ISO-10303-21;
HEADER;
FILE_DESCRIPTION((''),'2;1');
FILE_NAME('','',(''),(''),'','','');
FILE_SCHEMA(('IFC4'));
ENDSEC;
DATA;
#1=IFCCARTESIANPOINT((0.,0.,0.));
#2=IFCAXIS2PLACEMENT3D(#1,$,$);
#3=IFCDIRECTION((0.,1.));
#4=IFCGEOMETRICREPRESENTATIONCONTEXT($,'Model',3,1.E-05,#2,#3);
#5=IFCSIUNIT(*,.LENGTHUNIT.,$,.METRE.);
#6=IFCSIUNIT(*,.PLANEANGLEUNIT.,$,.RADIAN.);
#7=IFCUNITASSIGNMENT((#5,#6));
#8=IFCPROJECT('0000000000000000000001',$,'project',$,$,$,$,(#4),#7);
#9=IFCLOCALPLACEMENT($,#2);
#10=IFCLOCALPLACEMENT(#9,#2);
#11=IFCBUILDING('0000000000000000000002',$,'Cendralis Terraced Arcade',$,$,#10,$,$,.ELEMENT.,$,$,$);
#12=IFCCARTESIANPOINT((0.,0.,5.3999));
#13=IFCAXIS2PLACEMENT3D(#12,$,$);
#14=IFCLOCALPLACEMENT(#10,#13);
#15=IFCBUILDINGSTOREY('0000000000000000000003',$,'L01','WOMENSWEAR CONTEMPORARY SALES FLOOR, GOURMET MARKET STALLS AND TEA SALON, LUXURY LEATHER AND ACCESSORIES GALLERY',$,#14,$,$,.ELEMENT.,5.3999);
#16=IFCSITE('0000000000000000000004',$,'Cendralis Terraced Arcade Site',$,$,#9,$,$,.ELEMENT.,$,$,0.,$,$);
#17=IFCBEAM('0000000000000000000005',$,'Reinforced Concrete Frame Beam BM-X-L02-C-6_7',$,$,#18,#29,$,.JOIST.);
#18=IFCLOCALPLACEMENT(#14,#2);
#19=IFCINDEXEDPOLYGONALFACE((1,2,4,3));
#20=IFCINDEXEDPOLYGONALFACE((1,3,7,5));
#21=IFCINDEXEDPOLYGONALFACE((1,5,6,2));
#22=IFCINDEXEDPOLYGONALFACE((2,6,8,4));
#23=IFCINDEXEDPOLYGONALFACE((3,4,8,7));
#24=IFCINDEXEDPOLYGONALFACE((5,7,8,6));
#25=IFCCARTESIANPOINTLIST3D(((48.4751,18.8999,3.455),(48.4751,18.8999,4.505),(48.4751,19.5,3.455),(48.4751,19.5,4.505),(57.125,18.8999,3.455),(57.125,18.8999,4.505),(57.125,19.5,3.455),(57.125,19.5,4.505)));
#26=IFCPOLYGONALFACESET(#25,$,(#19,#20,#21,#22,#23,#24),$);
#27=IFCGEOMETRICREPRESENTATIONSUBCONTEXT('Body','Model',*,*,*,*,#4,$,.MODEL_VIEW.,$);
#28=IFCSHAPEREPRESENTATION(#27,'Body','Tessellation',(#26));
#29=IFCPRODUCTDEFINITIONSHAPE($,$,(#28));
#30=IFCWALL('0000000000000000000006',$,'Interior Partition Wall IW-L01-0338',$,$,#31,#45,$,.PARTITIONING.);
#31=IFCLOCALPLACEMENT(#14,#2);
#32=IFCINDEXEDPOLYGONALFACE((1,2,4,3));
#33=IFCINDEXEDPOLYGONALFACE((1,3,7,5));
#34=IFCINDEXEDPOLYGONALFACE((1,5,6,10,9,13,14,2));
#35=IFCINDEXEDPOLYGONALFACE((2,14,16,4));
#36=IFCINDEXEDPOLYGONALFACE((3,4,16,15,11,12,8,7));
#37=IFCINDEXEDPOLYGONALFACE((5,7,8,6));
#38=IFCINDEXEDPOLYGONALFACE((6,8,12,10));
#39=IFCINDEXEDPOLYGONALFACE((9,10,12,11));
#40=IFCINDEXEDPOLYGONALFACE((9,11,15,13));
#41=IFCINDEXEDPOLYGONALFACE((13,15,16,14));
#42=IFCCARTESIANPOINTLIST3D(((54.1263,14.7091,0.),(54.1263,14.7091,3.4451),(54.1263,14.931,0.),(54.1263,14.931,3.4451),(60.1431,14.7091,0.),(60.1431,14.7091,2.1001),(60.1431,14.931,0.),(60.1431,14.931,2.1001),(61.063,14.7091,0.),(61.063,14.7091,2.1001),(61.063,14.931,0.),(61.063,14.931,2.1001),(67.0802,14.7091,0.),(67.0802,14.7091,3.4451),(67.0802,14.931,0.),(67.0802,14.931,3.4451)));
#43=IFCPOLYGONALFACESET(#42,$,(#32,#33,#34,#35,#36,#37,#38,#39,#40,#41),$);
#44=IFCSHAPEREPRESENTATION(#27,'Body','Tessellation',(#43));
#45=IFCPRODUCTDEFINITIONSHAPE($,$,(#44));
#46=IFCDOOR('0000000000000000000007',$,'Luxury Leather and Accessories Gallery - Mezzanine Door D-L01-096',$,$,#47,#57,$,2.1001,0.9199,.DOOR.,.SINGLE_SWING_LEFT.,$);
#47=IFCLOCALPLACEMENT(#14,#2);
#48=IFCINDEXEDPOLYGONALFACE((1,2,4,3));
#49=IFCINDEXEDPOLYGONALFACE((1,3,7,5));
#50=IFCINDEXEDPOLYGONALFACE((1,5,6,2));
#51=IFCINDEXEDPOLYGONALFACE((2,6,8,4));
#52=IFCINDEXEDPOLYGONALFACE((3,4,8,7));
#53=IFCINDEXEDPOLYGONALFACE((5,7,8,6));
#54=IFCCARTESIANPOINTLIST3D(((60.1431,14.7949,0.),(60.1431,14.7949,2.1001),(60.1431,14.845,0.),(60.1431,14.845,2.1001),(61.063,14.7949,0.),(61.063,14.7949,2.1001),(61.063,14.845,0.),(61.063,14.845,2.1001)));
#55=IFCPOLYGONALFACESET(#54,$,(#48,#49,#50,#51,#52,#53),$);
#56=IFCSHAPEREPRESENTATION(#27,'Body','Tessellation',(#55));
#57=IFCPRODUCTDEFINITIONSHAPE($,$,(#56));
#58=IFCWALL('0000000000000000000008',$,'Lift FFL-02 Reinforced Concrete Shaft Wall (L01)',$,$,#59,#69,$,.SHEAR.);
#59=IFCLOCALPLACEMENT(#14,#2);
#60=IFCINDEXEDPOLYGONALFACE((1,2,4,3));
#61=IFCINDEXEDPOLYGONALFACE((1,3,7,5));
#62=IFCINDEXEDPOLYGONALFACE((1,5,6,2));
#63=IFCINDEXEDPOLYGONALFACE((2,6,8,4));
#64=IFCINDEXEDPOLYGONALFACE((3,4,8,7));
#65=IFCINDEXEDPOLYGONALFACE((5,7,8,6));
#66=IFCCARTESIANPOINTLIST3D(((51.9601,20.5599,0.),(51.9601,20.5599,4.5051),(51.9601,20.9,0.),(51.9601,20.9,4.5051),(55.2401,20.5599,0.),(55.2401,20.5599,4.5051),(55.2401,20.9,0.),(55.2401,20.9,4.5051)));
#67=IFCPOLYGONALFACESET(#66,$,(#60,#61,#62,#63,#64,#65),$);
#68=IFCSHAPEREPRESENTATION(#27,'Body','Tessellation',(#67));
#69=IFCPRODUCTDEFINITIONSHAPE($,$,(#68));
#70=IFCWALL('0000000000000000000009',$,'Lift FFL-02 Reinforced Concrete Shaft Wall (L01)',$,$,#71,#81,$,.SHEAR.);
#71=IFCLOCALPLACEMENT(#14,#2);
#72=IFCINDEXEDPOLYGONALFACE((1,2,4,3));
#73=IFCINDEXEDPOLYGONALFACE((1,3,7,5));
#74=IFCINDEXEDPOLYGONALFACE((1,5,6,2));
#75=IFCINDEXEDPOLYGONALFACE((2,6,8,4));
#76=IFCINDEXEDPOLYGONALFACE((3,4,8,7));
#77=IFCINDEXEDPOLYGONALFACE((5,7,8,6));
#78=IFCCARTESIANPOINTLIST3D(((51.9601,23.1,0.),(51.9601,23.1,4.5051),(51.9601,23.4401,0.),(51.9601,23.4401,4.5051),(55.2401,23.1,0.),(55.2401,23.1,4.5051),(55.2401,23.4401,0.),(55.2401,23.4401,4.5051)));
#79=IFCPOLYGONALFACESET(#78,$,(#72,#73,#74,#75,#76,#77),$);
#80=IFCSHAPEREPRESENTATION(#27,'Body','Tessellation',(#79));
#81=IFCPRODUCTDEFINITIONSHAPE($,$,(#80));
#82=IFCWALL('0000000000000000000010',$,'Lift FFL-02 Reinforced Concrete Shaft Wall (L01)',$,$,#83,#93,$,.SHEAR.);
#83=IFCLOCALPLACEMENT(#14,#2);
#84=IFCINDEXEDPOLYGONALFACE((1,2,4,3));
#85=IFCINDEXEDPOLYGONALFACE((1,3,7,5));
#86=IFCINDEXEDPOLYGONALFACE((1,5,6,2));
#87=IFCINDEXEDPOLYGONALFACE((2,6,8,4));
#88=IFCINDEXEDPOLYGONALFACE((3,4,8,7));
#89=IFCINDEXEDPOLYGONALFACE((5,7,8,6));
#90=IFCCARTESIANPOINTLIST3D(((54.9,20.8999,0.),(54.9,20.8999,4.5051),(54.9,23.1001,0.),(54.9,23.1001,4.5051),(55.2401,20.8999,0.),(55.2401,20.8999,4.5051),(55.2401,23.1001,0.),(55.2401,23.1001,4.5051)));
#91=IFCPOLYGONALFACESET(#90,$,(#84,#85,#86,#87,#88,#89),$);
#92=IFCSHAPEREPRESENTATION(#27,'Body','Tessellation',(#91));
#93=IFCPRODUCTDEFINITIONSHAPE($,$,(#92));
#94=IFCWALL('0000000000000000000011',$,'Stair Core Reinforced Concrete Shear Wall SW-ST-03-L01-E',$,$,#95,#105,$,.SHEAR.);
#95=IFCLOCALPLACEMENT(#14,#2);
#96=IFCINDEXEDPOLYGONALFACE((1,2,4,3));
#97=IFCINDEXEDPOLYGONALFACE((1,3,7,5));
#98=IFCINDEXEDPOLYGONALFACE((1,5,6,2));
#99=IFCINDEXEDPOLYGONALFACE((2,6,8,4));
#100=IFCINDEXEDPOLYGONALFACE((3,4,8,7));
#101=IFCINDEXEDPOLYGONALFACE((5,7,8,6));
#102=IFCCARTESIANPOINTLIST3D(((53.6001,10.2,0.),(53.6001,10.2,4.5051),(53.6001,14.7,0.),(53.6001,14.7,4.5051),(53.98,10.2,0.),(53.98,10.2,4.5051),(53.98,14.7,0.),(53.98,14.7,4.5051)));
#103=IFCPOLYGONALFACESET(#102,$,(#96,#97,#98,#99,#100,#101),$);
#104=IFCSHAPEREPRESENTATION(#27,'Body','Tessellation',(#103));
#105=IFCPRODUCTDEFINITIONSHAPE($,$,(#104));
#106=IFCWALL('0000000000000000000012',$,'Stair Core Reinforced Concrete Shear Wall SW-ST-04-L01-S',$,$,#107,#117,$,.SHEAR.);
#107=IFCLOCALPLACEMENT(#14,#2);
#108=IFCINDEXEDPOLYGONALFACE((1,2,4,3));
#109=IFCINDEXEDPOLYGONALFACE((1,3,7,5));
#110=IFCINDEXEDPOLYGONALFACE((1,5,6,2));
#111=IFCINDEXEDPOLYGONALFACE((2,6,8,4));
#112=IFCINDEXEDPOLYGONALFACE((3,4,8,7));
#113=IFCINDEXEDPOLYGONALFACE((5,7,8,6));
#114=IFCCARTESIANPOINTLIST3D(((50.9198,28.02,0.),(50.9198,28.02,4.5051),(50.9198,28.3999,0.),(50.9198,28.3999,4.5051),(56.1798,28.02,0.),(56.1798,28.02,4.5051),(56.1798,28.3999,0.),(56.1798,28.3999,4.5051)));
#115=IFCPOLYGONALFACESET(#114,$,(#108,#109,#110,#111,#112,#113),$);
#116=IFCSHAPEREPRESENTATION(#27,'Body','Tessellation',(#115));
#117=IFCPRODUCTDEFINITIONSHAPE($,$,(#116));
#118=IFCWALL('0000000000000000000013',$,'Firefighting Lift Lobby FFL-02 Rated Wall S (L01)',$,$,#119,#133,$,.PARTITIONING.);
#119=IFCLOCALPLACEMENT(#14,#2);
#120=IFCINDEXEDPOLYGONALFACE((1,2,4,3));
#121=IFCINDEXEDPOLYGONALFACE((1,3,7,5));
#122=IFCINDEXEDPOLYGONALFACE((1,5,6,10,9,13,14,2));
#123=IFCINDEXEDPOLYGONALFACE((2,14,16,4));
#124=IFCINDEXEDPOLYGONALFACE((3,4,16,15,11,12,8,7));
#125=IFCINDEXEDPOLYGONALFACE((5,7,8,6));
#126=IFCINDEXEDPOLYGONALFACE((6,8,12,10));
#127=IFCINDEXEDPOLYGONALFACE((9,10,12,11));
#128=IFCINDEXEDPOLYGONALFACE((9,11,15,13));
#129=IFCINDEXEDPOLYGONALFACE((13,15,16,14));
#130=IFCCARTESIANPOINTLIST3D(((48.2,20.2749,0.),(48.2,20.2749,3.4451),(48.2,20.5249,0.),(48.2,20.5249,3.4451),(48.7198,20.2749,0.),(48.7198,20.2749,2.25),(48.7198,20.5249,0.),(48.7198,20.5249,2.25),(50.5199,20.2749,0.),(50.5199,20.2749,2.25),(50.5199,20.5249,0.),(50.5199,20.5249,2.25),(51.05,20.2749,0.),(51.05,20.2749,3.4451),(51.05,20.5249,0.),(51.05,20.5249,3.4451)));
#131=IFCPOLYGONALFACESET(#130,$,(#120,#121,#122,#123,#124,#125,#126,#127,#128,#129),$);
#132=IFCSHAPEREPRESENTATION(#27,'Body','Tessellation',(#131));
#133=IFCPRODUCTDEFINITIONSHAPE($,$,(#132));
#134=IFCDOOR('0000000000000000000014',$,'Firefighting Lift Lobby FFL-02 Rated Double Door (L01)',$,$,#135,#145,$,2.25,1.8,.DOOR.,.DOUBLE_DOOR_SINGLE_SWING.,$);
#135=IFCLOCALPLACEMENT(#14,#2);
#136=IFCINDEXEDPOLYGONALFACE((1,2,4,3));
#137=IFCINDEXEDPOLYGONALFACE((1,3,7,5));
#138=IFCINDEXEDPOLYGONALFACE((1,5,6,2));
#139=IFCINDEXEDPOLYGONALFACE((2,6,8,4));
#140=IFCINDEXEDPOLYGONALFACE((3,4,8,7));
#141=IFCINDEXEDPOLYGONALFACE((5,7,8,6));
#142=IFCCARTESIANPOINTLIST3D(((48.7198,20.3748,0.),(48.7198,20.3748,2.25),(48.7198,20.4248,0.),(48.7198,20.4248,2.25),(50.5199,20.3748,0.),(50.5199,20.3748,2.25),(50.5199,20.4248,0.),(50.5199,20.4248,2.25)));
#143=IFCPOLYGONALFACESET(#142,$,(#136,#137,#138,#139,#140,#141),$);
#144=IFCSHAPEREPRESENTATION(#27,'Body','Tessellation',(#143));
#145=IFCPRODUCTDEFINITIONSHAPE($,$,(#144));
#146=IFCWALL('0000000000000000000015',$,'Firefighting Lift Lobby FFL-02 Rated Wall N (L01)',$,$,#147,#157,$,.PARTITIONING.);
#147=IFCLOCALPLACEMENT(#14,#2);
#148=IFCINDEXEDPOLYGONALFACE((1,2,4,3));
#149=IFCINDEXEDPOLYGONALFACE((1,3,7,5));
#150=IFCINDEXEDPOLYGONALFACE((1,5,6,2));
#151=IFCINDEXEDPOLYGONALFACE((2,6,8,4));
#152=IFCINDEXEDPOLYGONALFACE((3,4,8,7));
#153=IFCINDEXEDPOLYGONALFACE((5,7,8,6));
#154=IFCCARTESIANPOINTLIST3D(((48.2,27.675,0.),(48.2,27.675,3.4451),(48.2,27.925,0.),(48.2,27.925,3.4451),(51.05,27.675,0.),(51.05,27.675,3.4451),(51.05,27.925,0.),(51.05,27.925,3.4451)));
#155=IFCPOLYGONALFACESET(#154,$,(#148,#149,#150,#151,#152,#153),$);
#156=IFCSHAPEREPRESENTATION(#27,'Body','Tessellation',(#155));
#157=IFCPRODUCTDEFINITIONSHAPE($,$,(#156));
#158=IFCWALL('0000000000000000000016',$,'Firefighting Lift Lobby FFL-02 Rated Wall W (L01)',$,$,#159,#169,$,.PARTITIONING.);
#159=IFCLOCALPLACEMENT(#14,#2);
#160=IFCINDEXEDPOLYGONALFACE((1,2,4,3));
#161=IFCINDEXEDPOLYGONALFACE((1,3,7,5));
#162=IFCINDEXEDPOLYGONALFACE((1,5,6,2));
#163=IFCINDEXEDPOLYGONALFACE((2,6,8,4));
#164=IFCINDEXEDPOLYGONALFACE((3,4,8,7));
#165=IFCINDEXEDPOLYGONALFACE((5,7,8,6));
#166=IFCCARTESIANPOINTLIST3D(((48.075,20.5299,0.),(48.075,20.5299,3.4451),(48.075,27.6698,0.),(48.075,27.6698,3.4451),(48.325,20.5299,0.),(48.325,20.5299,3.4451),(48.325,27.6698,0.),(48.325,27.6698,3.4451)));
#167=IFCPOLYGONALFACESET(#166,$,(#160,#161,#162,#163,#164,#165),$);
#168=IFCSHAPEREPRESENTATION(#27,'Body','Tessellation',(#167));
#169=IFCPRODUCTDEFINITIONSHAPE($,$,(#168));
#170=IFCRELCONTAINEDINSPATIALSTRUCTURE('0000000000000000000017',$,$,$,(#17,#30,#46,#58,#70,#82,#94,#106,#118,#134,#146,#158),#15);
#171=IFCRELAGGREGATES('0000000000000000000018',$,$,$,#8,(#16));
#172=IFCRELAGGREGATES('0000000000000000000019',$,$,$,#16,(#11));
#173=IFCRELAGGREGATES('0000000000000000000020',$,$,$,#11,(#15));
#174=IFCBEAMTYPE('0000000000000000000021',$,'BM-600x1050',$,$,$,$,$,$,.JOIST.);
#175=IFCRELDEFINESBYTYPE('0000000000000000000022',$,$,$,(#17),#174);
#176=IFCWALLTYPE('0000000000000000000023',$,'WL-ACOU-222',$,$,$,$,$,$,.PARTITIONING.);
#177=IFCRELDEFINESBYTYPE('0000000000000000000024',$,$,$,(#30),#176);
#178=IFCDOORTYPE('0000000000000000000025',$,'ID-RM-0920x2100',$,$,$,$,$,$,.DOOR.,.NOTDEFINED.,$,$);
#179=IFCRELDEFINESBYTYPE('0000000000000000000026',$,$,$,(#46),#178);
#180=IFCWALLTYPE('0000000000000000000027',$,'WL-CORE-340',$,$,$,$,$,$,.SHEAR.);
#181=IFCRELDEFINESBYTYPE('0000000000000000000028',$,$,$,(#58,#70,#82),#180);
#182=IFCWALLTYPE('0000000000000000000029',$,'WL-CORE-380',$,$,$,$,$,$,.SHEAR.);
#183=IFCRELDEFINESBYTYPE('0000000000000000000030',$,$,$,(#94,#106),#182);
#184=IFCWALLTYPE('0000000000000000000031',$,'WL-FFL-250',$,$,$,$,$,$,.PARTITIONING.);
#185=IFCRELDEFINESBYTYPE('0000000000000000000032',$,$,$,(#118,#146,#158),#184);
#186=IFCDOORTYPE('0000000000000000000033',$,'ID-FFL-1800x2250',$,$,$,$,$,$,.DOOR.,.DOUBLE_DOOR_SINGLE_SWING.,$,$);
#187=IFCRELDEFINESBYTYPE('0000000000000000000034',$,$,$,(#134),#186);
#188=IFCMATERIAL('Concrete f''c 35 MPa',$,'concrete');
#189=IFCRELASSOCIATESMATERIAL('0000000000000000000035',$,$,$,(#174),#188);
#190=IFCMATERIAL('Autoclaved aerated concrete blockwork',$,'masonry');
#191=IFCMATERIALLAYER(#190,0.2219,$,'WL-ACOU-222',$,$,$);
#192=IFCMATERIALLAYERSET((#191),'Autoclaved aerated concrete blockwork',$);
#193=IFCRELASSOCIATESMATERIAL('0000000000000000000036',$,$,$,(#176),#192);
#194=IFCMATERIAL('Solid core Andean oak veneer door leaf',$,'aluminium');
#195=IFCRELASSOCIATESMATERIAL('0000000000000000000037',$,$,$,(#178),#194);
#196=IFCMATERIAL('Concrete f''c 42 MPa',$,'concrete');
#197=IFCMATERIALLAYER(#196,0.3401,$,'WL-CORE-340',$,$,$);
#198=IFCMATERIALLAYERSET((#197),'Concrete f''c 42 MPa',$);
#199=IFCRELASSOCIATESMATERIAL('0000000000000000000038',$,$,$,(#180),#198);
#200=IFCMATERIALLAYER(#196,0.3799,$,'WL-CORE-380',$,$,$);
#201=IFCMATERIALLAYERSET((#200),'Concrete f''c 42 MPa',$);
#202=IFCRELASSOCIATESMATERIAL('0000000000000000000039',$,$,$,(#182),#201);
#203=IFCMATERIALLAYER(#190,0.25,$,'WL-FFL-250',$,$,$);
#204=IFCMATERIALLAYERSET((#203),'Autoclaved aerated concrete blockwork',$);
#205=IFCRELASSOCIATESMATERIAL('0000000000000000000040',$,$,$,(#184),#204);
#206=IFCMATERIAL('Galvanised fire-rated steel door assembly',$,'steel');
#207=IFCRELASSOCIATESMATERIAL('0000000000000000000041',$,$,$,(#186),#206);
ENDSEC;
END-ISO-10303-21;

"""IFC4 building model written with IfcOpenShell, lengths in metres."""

from ifc_helpers import new_model, si_unit, direction, frame, frame_2d, origin, origin_2d, place, context, subcontext, project, spatial, rectangle, extrude, material, layer, layer_set, material_profile, profile_set, type_object, element, fill, save


model = new_model("IFC4")

# Units and contexts
model_context = context("Model", 3, precision=1e-05, world=origin(), true_north=direction((0.0, 1.0)))
body_context = subcontext(model_context, "Body", "Model", "MODEL_VIEW")
ifc_project = project(units=[si_unit("LENGTHUNIT", "METRE"), si_unit("PLANEANGLEUNIT", "RADIAN")], contexts=[model_context])

# Site, building, storey
site_placement = place(None, origin())
site = spatial("IfcSite", under=ifc_project, at=site_placement, Name="Cendralis Terraced Arcade Site", CompositionType="ELEMENT", RefElevation=0.0)
building_placement = place(site_placement, origin())
building = spatial("IfcBuilding", under=site, at=building_placement, Name="Cendralis Terraced Arcade", CompositionType="ELEMENT")
storey_placement = place(building_placement, frame((0.0, 0.0, 5.3999)))
storey = spatial("IfcBuildingStorey", under=building, at=storey_placement, Name="L01", Description="WOMENSWEAR CONTEMPORARY SALES FLOOR, GOURMET MARKET STALLS AND TEA SALON, LUXURY LEATHER AND ACCESSORIES GALLERY", CompositionType="ELEMENT", Elevation=5.3999)

# Beam
ifc_material_1 = material(Name="Concrete f'c 35 MPa", Category="concrete")
ifc_material_profile = material_profile(ifc_material_1, rectangle(XDim=0.6001, YDim=1.05, at=origin_2d()), Name="RC-BM-600x1050", Category="LoadBearing")
ifc_profile_set = profile_set([ifc_material_profile], Name="Concrete f'c 35 MPa")
beam_type = type_object("IfcBeamType", Name="BM-600x1050", PredefinedType="JOIST", material=ifc_profile_set)
beam_placement = place(storey_placement, frame((48.4751, 19.2, 3.98), z_axis=(1.0, 0.0, 0.0), x_axis=(0.0, 1.0, 0.0)))
element("IfcBeam", 1, at=beam_placement, inside=storey, type_object=beam_type, Name="Reinforced Concrete Frame Beam BM-X-L02-C-6_7", PredefinedType="JOIST", context=body_context, shape_type="SweptSolid", body=[
    extrude(rectangle(XDim=0.6001, YDim=1.05, at=origin_2d()), origin(), (0.0, 0.0, 1.0), 8.6499),
])

# Wall, opening, door
ifc_material_2 = material(Name="Autoclaved aerated concrete blockwork", Category="masonry")
ifc_layer_1 = layer(ifc_material_2, 0.2219, Name="WL-ACOU-222")
ifc_layer_set_1 = layer_set([ifc_layer_1], Name="Autoclaved aerated concrete blockwork")
wall_type_1 = type_object("IfcWallType", Name="WL-ACOU-222", PredefinedType="PARTITIONING", material=ifc_layer_set_1)
wall_1_placement = place(storey_placement, frame((54.1262, 14.8201, 0.0), z_axis=(0.0, 0.0, 1.0), x_axis=(1.0, 0.0, 0.0)))
wall_1 = element("IfcWall", 2, at=wall_1_placement, inside=storey, type_object=wall_type_1, Name="Interior Partition Wall IW-L01-0338", PredefinedType="PARTITIONING", context=body_context, shape_type="SweptSolid", body=[
    extrude(rectangle(XDim=12.9539, YDim=0.2219, at=frame_2d((6.4771, 0.0))), origin(), (0.0, 0.0, 1.0), 3.4451),
])
opening_1_placement = place(wall_1_placement, frame((6.0168, 0.0, 0.0)))
opening_1 = element("IfcOpeningElement", 3, at=opening_1_placement, cuts=wall_1, PredefinedType="OPENING", context=body_context, shape_type="SweptSolid", body=[
    extrude(rectangle(XDim=0.9199, YDim=2.1001, at=frame_2d((0.46, 1.05))), frame((0.0, 0.123, 0.0), z_axis=(0.0, -1.0, 0.0), x_axis=(1.0, 0.0, 0.0)), (0.0, 0.0, 1.0), 0.2458),
])
ifc_material_3 = material(Name="Solid core Andean oak veneer door leaf", Category="aluminium")
door_type_1 = type_object("IfcDoorType", Name="ID-RM-0920x2100", OperationType="NOTDEFINED", PredefinedType="DOOR", material=ifc_material_3)
door_1_placement = place(opening_1_placement, origin())
door_1 = element("IfcDoor", 4, at=door_1_placement, inside=storey, type_object=door_type_1, Name="Luxury Leather and Accessories Gallery - Mezzanine Door D-L01-096", OperationType="SINGLE_SWING_LEFT", OverallHeight=2.1001, OverallWidth=0.9199, PredefinedType="DOOR", context=body_context, shape_type="SweptSolid", body=[
    extrude(rectangle(XDim=0.9199, YDim=2.1001, at=frame_2d((0.46, 1.05))), frame((0.0, 0.0249, 0.0), z_axis=(0.0, -1.0, 0.0), x_axis=(1.0, 0.0, 0.0)), (0.0, 0.0, 1.0), 0.05),
])
fill(opening_1, door_1)

# Walls
ifc_material_4 = material(Name="Concrete f'c 42 MPa", Category="concrete")
ifc_layer_2 = layer(ifc_material_4, 0.3401, Name="WL-CORE-340")
ifc_layer_set_2 = layer_set([ifc_layer_2], Name="Concrete f'c 42 MPa")
wall_type_2 = type_object("IfcWallType", Name="WL-CORE-340", PredefinedType="SHEAR", material=ifc_layer_set_2)
for number, where, z_axis, x_axis, name in (
    (5, (51.96, 20.73, 0.0), (0.0, 0.0, 1.0), (1.0, 0.0, 0.0), "Lift FFL-02 Reinforced Concrete Shaft Wall (L01)"),
    (6, (51.96, 23.27, 0.0), (0.0, 0.0, 1.0), (1.0, 0.0, 0.0), "Lift FFL-02 Reinforced Concrete Shaft Wall (L01)"),
):
    element("IfcWall", number, at=place(storey_placement, frame(where, z_axis=z_axis, x_axis=x_axis)), inside=storey, type_object=wall_type_2, Name=name, PredefinedType="SHEAR", context=body_context, shape_type="SweptSolid", body=[
        extrude(rectangle(XDim=3.28, YDim=0.3401, at=frame_2d((1.6401, 0.0))), origin(), (0.0, 0.0, 1.0), 4.5051),
    ])

# Walls
wall_2_placement = place(storey_placement, frame((55.0701, 20.8999, 0.0), z_axis=(0.0, 0.0, 1.0), x_axis=(0.0, 1.0, 0.0)))
element("IfcWall", 7, at=wall_2_placement, inside=storey, type_object=wall_type_2, Name="Lift FFL-02 Reinforced Concrete Shaft Wall (L01)", PredefinedType="SHEAR", context=body_context, shape_type="SweptSolid", body=[
    extrude(rectangle(XDim=2.2002, YDim=0.3401, at=frame_2d((1.1001, 0.0))), origin(), (0.0, 0.0, 1.0), 4.5051),
])
ifc_layer_3 = layer(ifc_material_4, 0.3799, Name="WL-CORE-380")
ifc_layer_set_3 = layer_set([ifc_layer_3], Name="Concrete f'c 42 MPa")
wall_type_3 = type_object("IfcWallType", Name="WL-CORE-380", PredefinedType="SHEAR", material=ifc_layer_set_3)
wall_3_placement = place(storey_placement, frame((53.79, 10.2, 0.0), z_axis=(0.0, 0.0, 1.0), x_axis=(0.0, 1.0, 0.0)))
element("IfcWall", 8, at=wall_3_placement, inside=storey, type_object=wall_type_3, Name="Stair Core Reinforced Concrete Shear Wall SW-ST-03-L01-E", PredefinedType="SHEAR", context=body_context, shape_type="SweptSolid", body=[
    extrude(rectangle(XDim=4.5, YDim=0.3799, at=frame_2d((2.25, 0.0))), origin(), (0.0, 0.0, 1.0), 4.5051),
])
wall_4_placement = place(storey_placement, frame((50.9199, 28.21, 0.0), z_axis=(0.0, 0.0, 1.0), x_axis=(1.0, 0.0, 0.0)))
element("IfcWall", 9, at=wall_4_placement, inside=storey, type_object=wall_type_3, Name="Stair Core Reinforced Concrete Shear Wall SW-ST-04-L01-S", PredefinedType="SHEAR", context=body_context, shape_type="SweptSolid", body=[
    extrude(rectangle(XDim=5.26, YDim=0.3799, at=frame_2d((2.6299, 0.0))), origin(), (0.0, 0.0, 1.0), 4.5051),
])

# Wall, opening, door
ifc_layer_4 = layer(ifc_material_2, 0.25, Name="WL-FFL-250")
ifc_layer_set_4 = layer_set([ifc_layer_4], Name="Autoclaved aerated concrete blockwork")
wall_type_4 = type_object("IfcWallType", Name="WL-FFL-250", PredefinedType="PARTITIONING", material=ifc_layer_set_4)
wall_5_placement = place(storey_placement, frame((48.2, 20.3999, 0.0), z_axis=(0.0, 0.0, 1.0), x_axis=(1.0, 0.0, 0.0)))
wall_5 = element("IfcWall", 10, at=wall_5_placement, inside=storey, type_object=wall_type_4, Name="Firefighting Lift Lobby FFL-02 Rated Wall S (L01)", PredefinedType="PARTITIONING", context=body_context, shape_type="SweptSolid", body=[
    extrude(rectangle(XDim=2.8501, YDim=0.25, at=frame_2d((1.425, 0.0))), origin(), (0.0, 0.0, 1.0), 3.4451),
])
opening_2_placement = place(wall_5_placement, frame((0.52, 0.0, 0.0)))
opening_2 = element("IfcOpeningElement", 11, at=opening_2_placement, cuts=wall_5, PredefinedType="OPENING", context=body_context, shape_type="SweptSolid", body=[
    extrude(rectangle(XDim=1.8, YDim=2.25, at=frame_2d((0.8999, 1.125))), frame((0.0, 0.137, 0.0), z_axis=(0.0, -1.0, 0.0), x_axis=(1.0, 0.0, 0.0)), (0.0, 0.0, 1.0), 0.2739),
])
ifc_material_5 = material(Name="Galvanised fire-rated steel door assembly", Category="steel")
door_type_2 = type_object("IfcDoorType", Name="ID-FFL-1800x2250", OperationType="DOUBLE_DOOR_SINGLE_SWING", PredefinedType="DOOR", material=ifc_material_5)
door_2_placement = place(opening_2_placement, origin())
door_2 = element("IfcDoor", 12, at=door_2_placement, inside=storey, type_object=door_type_2, Name="Firefighting Lift Lobby FFL-02 Rated Double Door (L01)", OperationType="DOUBLE_DOOR_SINGLE_SWING", OverallHeight=2.25, OverallWidth=1.8, PredefinedType="DOOR", context=body_context, shape_type="SweptSolid", body=[
    extrude(rectangle(XDim=1.8, YDim=2.25, at=frame_2d((0.8999, 1.125))), frame((0.0, 0.0249, 0.0), z_axis=(0.0, -1.0, 0.0), x_axis=(1.0, 0.0, 0.0)), (0.0, 0.0, 1.0), 0.05),
])
fill(opening_2, door_2)

# Walls
wall_6_placement = place(storey_placement, frame((48.2, 27.8, 0.0), z_axis=(0.0, 0.0, 1.0), x_axis=(1.0, 0.0, 0.0)))
element("IfcWall", 13, at=wall_6_placement, inside=storey, type_object=wall_type_4, Name="Firefighting Lift Lobby FFL-02 Rated Wall N (L01)", PredefinedType="PARTITIONING", context=body_context, shape_type="SweptSolid", body=[
    extrude(rectangle(XDim=2.8501, YDim=0.25, at=frame_2d((1.425, 0.0))), origin(), (0.0, 0.0, 1.0), 3.4451),
])
wall_7_placement = place(storey_placement, frame((48.2, 20.53, 0.0), z_axis=(0.0, 0.0, 1.0), x_axis=(0.0, 1.0, 0.0)))
element("IfcWall", 14, at=wall_7_placement, inside=storey, type_object=wall_type_4, Name="Firefighting Lift Lobby FFL-02 Rated Wall W (L01)", PredefinedType="PARTITIONING", context=body_context, shape_type="SweptSolid", body=[
    extrude(rectangle(XDim=7.1399, YDim=0.25, at=frame_2d((3.5698, 0.0))), origin(), (0.0, 0.0, 1.0), 3.4451),
])

save(model, "model.ifc")
